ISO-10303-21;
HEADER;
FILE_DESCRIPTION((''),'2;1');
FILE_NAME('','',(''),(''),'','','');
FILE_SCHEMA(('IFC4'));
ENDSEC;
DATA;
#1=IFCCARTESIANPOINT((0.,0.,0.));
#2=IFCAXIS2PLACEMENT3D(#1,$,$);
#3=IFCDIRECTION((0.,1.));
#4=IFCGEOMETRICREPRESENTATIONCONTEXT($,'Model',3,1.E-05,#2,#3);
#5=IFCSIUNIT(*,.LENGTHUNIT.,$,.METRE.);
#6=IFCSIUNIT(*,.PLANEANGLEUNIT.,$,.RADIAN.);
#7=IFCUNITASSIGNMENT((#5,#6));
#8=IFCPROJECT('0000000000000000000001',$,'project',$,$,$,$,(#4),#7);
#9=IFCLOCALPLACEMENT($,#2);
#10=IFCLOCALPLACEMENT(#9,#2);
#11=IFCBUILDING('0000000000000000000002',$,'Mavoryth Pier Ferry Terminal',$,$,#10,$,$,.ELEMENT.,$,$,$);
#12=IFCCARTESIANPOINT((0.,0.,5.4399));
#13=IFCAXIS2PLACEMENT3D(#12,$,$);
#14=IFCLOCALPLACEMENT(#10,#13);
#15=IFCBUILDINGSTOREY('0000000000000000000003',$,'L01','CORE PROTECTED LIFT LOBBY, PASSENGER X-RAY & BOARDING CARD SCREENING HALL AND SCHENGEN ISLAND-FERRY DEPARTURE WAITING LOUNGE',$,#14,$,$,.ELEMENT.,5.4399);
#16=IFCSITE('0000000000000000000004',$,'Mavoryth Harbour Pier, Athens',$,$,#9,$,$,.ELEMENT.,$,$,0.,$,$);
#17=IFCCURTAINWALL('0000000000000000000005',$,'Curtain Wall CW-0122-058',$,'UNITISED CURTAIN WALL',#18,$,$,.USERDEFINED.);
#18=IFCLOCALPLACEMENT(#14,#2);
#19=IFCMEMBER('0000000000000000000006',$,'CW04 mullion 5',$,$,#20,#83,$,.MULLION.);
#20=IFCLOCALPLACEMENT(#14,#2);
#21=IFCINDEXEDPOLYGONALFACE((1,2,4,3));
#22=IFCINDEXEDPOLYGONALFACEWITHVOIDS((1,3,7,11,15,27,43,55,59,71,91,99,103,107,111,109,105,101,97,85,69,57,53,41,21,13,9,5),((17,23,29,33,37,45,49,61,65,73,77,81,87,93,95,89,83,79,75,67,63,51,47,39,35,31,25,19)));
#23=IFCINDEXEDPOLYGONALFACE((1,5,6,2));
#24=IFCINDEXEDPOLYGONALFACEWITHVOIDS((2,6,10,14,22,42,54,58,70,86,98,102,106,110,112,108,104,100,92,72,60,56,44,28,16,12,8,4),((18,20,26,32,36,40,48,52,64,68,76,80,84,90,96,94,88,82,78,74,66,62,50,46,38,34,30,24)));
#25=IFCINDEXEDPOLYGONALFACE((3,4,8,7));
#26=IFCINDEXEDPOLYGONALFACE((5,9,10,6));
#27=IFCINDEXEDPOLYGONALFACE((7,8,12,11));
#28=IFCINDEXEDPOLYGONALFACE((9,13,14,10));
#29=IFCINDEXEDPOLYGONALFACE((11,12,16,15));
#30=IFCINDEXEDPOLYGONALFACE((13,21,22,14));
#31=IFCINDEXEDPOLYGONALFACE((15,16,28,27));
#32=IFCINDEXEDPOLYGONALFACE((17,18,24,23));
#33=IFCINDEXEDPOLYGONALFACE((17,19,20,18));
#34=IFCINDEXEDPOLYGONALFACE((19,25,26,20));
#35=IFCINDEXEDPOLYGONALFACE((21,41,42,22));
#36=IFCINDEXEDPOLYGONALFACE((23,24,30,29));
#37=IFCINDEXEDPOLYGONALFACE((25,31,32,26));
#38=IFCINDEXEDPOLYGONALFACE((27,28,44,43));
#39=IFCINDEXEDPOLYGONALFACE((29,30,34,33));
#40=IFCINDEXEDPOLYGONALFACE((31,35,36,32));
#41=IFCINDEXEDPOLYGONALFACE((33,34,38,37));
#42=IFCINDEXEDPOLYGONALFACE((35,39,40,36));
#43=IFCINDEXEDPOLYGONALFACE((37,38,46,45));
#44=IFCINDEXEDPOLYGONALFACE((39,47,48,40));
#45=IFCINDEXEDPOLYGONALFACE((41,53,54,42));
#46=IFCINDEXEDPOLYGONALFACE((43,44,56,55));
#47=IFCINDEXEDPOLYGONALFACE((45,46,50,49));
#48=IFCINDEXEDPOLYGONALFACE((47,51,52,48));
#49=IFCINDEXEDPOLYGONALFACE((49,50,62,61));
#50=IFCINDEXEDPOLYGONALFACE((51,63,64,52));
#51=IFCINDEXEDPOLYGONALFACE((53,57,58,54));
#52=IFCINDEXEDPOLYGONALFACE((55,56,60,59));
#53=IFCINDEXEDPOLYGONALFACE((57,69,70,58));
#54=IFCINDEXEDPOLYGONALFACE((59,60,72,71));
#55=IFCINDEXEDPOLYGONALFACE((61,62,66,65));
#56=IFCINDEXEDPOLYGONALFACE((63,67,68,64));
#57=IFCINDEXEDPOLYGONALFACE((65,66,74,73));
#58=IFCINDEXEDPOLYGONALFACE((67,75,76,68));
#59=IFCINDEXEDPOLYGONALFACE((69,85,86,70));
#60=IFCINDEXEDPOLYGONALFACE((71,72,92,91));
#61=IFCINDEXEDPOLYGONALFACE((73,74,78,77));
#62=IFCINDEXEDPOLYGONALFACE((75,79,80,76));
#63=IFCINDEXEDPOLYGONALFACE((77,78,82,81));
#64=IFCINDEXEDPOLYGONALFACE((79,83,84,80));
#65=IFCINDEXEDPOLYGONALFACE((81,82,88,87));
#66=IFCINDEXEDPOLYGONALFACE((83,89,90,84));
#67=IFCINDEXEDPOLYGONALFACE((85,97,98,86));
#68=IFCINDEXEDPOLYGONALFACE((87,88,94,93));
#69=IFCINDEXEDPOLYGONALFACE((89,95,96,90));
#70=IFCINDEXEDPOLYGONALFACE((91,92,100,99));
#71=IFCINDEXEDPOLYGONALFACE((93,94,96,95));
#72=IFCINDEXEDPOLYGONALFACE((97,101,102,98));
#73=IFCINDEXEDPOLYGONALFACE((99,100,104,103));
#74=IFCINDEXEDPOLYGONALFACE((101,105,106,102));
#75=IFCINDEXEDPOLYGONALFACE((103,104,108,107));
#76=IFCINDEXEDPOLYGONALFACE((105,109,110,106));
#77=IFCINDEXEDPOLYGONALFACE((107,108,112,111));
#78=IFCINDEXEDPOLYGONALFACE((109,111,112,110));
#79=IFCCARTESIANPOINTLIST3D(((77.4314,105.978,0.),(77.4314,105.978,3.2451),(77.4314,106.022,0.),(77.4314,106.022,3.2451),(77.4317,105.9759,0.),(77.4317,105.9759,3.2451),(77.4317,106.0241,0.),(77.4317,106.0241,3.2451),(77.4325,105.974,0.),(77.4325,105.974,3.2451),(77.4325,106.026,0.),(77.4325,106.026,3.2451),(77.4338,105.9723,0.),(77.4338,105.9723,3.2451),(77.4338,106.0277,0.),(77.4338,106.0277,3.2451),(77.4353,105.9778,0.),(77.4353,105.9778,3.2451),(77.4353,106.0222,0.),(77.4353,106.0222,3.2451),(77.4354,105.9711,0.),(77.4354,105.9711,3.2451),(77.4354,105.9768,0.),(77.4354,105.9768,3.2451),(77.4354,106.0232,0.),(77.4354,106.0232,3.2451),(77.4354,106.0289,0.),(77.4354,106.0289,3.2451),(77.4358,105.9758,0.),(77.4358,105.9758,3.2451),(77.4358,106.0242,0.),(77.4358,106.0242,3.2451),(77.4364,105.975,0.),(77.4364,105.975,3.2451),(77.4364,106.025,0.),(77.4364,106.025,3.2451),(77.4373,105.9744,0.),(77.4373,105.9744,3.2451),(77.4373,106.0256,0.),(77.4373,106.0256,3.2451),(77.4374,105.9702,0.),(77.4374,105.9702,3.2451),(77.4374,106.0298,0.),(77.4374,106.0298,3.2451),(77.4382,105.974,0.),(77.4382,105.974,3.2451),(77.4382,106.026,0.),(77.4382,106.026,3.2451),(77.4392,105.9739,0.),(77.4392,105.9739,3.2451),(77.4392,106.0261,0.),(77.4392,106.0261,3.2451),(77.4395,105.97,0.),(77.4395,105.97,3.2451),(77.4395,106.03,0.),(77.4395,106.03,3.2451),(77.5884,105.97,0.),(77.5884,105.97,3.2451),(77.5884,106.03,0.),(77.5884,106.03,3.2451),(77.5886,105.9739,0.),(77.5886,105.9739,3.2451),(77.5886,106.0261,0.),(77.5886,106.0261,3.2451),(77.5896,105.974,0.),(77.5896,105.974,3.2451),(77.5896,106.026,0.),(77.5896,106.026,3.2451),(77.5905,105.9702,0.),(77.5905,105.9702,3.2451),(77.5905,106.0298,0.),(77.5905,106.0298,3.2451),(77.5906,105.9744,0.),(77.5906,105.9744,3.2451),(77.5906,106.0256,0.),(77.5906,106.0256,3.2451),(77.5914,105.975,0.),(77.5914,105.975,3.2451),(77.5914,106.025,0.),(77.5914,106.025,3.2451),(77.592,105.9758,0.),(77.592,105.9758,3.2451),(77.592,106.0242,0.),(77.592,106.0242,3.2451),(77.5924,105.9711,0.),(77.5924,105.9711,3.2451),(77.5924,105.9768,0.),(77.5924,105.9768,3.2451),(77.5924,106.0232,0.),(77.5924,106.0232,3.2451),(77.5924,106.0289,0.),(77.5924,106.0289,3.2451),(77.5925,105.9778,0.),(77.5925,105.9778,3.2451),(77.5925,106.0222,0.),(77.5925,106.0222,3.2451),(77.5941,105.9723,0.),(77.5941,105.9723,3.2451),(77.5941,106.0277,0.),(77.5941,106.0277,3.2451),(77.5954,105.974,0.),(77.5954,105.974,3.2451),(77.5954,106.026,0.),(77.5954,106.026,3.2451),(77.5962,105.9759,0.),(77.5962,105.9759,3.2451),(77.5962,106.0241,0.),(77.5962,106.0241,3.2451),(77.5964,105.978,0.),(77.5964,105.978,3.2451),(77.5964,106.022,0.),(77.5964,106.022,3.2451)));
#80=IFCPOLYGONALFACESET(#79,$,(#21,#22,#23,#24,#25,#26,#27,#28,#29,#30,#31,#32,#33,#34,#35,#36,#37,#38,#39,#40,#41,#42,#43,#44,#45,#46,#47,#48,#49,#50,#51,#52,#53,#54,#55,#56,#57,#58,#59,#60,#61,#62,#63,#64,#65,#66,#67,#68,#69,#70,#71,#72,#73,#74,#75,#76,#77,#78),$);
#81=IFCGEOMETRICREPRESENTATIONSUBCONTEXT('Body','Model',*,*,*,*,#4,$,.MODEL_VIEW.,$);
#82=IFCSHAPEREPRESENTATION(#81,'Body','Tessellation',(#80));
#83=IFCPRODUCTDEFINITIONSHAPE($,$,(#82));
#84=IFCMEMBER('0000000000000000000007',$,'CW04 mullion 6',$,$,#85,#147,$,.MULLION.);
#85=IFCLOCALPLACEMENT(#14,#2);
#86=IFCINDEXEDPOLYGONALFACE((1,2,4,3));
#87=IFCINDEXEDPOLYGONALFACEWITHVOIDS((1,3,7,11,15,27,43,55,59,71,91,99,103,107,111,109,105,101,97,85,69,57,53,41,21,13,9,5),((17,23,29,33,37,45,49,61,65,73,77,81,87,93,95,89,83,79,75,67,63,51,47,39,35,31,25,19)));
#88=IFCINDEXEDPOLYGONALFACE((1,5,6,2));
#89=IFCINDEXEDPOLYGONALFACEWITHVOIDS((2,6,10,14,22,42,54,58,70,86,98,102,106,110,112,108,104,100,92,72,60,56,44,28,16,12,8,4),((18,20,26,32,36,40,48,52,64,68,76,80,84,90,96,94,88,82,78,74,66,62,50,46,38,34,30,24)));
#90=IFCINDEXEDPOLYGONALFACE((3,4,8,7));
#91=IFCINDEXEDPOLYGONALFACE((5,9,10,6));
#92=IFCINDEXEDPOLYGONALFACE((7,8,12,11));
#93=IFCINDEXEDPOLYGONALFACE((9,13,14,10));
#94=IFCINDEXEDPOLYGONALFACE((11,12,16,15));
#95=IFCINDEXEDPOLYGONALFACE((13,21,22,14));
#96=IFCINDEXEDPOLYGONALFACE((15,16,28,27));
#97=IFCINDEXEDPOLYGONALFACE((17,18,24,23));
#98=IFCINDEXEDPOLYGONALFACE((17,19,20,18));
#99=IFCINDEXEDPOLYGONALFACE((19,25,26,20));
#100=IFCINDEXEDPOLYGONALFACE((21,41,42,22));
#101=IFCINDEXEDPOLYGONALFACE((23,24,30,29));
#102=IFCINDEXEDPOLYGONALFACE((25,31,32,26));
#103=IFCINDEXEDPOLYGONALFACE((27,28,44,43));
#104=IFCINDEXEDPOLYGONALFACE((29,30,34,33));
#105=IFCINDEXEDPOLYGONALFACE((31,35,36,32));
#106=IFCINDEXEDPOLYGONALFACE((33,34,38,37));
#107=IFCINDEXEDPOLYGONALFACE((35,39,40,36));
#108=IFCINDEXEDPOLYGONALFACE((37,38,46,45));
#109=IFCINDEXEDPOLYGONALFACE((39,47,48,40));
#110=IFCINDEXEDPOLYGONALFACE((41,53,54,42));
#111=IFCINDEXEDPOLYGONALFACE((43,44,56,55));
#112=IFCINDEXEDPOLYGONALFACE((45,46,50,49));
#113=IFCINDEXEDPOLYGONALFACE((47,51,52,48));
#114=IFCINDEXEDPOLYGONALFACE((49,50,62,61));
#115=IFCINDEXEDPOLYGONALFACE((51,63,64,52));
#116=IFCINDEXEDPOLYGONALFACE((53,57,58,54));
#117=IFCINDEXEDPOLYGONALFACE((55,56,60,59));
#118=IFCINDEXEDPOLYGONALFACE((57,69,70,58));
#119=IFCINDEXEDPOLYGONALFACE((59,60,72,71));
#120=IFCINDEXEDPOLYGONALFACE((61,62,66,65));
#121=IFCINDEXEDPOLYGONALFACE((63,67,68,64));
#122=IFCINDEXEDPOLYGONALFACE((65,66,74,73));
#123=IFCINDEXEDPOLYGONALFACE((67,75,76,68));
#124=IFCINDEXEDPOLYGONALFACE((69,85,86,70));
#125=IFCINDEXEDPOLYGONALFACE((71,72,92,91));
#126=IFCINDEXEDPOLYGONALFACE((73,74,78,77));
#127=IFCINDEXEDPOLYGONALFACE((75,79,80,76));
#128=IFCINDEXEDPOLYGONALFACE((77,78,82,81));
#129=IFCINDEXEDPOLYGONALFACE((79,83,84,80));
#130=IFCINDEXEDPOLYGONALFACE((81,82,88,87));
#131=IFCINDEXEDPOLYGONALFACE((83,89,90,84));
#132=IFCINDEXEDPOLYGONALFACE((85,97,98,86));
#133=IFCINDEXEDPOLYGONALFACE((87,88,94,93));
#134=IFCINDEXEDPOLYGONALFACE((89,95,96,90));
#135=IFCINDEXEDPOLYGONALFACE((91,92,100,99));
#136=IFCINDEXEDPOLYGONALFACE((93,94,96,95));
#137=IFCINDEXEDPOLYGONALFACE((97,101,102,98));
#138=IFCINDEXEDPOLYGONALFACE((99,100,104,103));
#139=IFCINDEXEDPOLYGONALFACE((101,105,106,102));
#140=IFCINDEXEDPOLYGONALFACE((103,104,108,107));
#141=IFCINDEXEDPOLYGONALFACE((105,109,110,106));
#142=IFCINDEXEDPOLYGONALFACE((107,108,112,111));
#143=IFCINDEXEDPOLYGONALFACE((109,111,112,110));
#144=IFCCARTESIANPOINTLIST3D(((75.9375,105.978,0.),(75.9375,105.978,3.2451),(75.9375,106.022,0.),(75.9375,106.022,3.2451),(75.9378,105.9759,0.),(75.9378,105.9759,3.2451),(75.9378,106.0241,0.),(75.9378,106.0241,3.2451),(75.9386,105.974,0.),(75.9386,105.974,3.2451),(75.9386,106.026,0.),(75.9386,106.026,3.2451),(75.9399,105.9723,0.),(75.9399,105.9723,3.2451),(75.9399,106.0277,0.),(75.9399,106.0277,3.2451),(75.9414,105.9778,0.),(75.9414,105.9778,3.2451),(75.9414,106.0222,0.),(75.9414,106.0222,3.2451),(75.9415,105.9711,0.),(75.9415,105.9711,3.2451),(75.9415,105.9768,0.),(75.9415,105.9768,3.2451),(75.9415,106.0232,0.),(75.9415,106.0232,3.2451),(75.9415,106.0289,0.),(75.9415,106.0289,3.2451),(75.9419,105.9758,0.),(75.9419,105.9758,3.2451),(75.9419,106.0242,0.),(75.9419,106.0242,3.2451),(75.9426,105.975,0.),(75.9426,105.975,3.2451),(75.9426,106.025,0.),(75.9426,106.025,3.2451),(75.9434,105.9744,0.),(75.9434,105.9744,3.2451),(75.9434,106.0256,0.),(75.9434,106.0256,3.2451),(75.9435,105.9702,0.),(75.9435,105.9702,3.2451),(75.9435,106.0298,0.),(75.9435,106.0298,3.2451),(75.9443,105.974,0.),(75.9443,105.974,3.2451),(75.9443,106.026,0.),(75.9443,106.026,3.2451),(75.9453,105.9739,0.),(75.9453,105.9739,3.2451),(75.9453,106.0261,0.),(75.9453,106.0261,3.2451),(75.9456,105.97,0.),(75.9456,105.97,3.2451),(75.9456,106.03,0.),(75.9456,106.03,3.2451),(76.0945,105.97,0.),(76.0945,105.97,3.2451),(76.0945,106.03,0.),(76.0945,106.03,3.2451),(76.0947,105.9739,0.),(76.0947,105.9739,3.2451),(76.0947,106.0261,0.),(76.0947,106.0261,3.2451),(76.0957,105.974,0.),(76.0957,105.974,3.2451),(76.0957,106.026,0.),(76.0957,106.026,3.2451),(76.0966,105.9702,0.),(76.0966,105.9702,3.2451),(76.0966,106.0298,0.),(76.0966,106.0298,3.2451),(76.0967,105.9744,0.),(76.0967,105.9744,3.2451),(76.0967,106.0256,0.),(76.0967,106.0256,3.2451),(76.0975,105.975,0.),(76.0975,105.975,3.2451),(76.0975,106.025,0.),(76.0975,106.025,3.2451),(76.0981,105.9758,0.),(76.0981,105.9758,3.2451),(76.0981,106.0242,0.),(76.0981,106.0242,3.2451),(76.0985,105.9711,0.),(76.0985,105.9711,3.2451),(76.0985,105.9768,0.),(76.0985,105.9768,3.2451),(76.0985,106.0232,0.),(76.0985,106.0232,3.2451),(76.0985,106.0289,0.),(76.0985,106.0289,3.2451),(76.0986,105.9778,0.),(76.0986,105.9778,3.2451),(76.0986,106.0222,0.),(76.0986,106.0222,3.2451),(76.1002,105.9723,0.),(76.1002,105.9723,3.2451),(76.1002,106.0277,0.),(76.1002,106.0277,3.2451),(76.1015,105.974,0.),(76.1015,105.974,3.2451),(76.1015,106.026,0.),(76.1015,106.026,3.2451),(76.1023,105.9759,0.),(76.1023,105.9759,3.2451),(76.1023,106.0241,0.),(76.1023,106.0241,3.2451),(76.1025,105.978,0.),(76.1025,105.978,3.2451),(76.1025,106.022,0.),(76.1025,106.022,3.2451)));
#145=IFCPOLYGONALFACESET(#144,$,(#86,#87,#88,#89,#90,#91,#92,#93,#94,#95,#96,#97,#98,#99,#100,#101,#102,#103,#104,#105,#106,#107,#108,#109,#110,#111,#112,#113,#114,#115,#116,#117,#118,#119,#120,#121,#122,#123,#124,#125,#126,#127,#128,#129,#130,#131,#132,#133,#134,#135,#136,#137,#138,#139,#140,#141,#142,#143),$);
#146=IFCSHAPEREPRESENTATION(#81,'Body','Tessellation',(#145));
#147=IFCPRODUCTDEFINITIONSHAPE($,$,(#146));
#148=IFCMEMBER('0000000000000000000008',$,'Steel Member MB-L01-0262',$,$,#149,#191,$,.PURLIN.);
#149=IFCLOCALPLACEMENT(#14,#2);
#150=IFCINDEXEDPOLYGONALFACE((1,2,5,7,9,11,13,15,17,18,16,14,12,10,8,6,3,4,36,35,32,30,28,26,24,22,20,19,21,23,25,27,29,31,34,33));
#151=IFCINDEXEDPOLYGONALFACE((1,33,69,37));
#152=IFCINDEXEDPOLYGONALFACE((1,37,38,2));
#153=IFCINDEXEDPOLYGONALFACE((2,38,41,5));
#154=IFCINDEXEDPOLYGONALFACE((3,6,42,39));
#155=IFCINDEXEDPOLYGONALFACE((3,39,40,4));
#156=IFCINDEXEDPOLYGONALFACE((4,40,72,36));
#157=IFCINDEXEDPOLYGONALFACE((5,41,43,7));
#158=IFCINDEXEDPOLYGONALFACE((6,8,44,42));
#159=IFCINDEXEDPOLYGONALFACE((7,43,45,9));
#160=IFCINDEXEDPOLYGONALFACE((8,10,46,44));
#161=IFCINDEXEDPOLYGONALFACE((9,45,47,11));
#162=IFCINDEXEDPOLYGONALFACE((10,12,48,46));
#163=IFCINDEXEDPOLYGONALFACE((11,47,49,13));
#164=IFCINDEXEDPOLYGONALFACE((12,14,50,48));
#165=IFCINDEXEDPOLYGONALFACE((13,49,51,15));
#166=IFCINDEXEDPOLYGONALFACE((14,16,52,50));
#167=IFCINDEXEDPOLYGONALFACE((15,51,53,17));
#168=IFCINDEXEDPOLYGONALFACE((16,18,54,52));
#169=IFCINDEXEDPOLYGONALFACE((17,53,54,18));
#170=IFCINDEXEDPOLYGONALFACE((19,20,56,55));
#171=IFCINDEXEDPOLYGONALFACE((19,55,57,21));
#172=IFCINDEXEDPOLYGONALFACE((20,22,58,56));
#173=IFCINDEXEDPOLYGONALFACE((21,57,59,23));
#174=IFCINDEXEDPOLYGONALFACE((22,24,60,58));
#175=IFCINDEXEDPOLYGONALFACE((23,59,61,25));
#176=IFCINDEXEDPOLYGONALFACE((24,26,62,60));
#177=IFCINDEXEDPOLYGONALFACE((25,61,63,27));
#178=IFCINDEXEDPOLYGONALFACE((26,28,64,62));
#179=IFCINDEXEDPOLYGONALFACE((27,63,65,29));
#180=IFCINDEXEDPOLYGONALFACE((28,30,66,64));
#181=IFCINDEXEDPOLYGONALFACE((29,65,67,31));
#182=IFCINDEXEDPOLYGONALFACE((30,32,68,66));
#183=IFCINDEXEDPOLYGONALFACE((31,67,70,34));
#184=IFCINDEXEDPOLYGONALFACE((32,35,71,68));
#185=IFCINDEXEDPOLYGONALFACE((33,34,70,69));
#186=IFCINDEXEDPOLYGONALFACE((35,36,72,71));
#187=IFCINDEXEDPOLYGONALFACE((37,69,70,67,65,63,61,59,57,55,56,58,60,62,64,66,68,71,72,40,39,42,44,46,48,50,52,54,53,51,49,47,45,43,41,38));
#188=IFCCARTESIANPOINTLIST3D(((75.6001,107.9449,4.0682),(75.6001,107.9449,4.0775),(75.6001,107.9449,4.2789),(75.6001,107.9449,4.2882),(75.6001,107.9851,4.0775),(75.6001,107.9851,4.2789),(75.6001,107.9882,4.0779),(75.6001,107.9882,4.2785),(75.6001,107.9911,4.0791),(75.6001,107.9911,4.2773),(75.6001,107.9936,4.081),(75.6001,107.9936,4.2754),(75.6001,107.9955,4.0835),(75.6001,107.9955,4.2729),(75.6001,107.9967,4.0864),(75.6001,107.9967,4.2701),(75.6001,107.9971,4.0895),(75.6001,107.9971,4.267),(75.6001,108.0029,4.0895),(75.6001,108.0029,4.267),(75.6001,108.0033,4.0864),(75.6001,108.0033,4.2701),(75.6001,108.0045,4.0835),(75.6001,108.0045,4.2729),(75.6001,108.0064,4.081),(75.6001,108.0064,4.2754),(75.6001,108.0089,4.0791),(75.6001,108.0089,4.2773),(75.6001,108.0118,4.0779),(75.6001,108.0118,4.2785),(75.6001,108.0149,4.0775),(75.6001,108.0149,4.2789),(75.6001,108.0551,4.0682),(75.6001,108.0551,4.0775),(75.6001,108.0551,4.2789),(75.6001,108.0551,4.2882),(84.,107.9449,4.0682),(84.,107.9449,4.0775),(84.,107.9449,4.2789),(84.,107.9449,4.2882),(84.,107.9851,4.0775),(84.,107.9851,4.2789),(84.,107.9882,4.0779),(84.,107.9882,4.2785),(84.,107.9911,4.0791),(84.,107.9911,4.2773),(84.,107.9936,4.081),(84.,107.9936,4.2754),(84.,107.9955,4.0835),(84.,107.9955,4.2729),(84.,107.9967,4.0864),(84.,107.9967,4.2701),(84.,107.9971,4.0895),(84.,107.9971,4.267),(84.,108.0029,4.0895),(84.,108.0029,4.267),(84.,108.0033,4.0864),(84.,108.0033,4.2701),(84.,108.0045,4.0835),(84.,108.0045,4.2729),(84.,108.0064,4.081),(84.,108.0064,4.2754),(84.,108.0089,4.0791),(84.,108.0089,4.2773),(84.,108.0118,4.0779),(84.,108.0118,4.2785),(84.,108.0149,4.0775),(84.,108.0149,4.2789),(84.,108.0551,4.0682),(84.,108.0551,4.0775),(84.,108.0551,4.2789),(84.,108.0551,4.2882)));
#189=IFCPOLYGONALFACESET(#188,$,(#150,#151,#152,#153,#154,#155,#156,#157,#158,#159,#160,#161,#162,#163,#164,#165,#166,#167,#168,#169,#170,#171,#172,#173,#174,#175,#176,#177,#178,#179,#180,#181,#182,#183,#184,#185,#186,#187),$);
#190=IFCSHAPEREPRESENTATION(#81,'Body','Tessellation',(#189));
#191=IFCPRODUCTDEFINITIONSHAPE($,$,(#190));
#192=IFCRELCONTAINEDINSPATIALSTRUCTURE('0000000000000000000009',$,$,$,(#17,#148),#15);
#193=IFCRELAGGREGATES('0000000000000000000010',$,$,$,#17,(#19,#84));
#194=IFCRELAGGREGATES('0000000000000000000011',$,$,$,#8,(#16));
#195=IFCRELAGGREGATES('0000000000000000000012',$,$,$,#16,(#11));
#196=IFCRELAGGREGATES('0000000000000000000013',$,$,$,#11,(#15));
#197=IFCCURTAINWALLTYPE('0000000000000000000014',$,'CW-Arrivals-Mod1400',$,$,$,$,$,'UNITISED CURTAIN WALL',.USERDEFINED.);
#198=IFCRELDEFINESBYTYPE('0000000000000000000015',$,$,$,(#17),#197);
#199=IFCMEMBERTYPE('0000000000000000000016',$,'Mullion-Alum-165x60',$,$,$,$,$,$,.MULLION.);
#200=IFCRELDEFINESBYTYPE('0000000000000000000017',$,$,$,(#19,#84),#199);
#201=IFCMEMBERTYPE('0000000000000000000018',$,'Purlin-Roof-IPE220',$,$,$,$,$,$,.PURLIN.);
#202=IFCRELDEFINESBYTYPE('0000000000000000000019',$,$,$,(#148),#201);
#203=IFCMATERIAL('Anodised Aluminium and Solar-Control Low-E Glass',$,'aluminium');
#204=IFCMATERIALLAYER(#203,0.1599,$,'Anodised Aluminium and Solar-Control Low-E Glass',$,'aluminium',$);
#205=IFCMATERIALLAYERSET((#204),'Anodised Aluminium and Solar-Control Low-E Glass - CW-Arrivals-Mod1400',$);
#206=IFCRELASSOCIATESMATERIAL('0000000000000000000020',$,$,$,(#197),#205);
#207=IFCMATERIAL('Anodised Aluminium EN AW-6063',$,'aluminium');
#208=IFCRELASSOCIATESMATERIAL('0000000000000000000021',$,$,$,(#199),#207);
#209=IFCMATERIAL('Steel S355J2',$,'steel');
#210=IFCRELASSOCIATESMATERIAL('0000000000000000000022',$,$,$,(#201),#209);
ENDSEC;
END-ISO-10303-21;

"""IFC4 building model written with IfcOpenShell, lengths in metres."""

from ifc_helpers import new_model, si_unit, direction, frame, origin, origin_2d, place, context, subcontext, project, spatial, hollow_rectangle, i_section, extrude, material, layer, layer_set, material_profile, profile_set, type_object, element, aggregate, save


model = new_model("IFC4")

# Units and contexts
model_context = context("Model", 3, precision=1e-05, world=origin(), true_north=direction((0.0, 1.0)))
body_context = subcontext(model_context, "Body", "Model", "MODEL_VIEW")
ifc_project = project(units=[si_unit("LENGTHUNIT", "METRE"), si_unit("PLANEANGLEUNIT", "RADIAN")], contexts=[model_context])

# Site, building, storey
site_placement = place(None, origin())
site = spatial("IfcSite", under=ifc_project, at=site_placement, Name="Mavoryth Harbour Pier, Athens", CompositionType="ELEMENT", RefElevation=0.0)
building_placement = place(site_placement, origin())
building = spatial("IfcBuilding", under=site, at=building_placement, Name="Mavoryth Pier Ferry Terminal", CompositionType="ELEMENT")
storey_placement = place(building_placement, frame((0.0, 0.0, 5.4399)))
storey = spatial("IfcBuildingStorey", under=building, at=storey_placement, Name="L01", Description="CORE PROTECTED LIFT LOBBY, PASSENGER X-RAY & BOARDING CARD SCREENING HALL AND SCHENGEN ISLAND-FERRY DEPARTURE WAITING LOUNGE", CompositionType="ELEMENT", Elevation=5.4399)

# Shared definitions
ifc_material_1 = material(Name="Steel S355J2", Category="steel")

# Curtain wall, members
ifc_material_2 = material(Name="Anodised Aluminium and Solar-Control Low-E Glass", Category="aluminium")
ifc_layer_1 = layer(ifc_material_2, 0.1599, Name="Anodised Aluminium and Solar-Control Low-E Glass", Category="aluminium")
ifc_layer_set_1 = layer_set([ifc_layer_1], Name="Anodised Aluminium and Solar-Control Low-E Glass - CW-Arrivals-Mod1400")
curtain_wall_type = type_object("IfcCurtainWallType", Name="CW-Arrivals-Mod1400", ElementType="UNITISED CURTAIN WALL", PredefinedType="USERDEFINED", material=ifc_layer_set_1)
ifc_material_3 = material(Name="Anodised Aluminium EN AW-6063", Category="aluminium")
ifc_material_profile_1 = material_profile(ifc_material_3, hollow_rectangle(XDim=0.0601, YDim=0.165, WallThickness=0.0039, InnerFilletRadius=0.0039, OuterFilletRadius=0.0081, at=origin_2d()), Name="AL-MULL 165x60x4", Category="aluminium")
ifc_profile_set_1 = profile_set([ifc_material_profile_1], Name="Anodised Aluminium EN AW-6063 - AL-MULL 165x60x4")
member_type_1 = type_object("IfcMemberType", Name="Mullion-Alum-165x60", PredefinedType="MULLION", material=ifc_profile_set_1)
curtain_wall_1_placement = place(storey_placement, origin())
curtain_wall_1 = element("IfcCurtainWall", 1, at=curtain_wall_1_placement, inside=storey, type_object=curtain_wall_type, Name="Curtain Wall CW-0122-058", ObjectType="UNITISED CURTAIN WALL", PredefinedType="USERDEFINED")
member_1_placement = place(storey_placement, frame((77.5139, 106.0, 0.0), z_axis=(0.0, 0.0, 1.0), x_axis=(0.0, -1.0, 0.0)))
member_1 = element("IfcMember", 2, at=member_1_placement, type_object=member_type_1, Name="CW04 mullion 5", PredefinedType="MULLION", context=body_context, shape_type="SweptSolid", body=[
    extrude(hollow_rectangle(XDim=0.0601, YDim=0.165, WallThickness=0.0039, InnerFilletRadius=0.0039, OuterFilletRadius=0.0081, at=origin_2d()), origin(), (0.0, 0.0, 1.0), 3.2451),
])
member_2_placement = place(storey_placement, frame((76.02, 106.0, 0.0), z_axis=(0.0, 0.0, 1.0), x_axis=(0.0, -1.0, 0.0)))
member_2 = element("IfcMember", 3, at=member_2_placement, type_object=member_type_1, Name="CW04 mullion 6", PredefinedType="MULLION", context=body_context, shape_type="SweptSolid", body=[
    extrude(hollow_rectangle(XDim=0.0601, YDim=0.165, WallThickness=0.0039, InnerFilletRadius=0.0039, OuterFilletRadius=0.0081, at=origin_2d()), origin(), (0.0, 0.0, 1.0), 3.2451),
])

# Member
ifc_material_profile_2 = material_profile(ifc_material_1, i_section(OverallWidth=0.1101, OverallDepth=0.22, WebThickness=0.0059, FlangeThickness=0.0093, FilletRadius=0.012, at=origin_2d()), Name="IPE 220", Category="steel")
ifc_profile_set_2 = profile_set([ifc_material_profile_2], Name="Steel S355J2 - IPE 220")
member_type_2 = type_object("IfcMemberType", Name="Purlin-Roof-IPE220", PredefinedType="PURLIN", material=ifc_profile_set_2)
for number, where, z_axis, x_axis, name in (
    (4, (75.6001, 108.0, 4.1782), (1.0, 0.0, 0.0), (0.0, 1.0, 0.0), "Steel Member MB-L01-0262"),
):
    element("IfcMember", number, at=place(storey_placement, frame(where, z_axis=z_axis, x_axis=x_axis)), inside=storey, type_object=member_type_2, Name=name, PredefinedType="PURLIN", context=body_context, shape_type="SweptSolid", body=[
        extrude(i_section(OverallWidth=0.1101, OverallDepth=0.22, WebThickness=0.0059, FlangeThickness=0.0093, FilletRadius=0.012, at=origin_2d()), origin(), (0.0, 0.0, 1.0), 8.3999),
    ])

aggregate(curtain_wall_1, [member_1, member_2])

save(model, "model.ifc")
